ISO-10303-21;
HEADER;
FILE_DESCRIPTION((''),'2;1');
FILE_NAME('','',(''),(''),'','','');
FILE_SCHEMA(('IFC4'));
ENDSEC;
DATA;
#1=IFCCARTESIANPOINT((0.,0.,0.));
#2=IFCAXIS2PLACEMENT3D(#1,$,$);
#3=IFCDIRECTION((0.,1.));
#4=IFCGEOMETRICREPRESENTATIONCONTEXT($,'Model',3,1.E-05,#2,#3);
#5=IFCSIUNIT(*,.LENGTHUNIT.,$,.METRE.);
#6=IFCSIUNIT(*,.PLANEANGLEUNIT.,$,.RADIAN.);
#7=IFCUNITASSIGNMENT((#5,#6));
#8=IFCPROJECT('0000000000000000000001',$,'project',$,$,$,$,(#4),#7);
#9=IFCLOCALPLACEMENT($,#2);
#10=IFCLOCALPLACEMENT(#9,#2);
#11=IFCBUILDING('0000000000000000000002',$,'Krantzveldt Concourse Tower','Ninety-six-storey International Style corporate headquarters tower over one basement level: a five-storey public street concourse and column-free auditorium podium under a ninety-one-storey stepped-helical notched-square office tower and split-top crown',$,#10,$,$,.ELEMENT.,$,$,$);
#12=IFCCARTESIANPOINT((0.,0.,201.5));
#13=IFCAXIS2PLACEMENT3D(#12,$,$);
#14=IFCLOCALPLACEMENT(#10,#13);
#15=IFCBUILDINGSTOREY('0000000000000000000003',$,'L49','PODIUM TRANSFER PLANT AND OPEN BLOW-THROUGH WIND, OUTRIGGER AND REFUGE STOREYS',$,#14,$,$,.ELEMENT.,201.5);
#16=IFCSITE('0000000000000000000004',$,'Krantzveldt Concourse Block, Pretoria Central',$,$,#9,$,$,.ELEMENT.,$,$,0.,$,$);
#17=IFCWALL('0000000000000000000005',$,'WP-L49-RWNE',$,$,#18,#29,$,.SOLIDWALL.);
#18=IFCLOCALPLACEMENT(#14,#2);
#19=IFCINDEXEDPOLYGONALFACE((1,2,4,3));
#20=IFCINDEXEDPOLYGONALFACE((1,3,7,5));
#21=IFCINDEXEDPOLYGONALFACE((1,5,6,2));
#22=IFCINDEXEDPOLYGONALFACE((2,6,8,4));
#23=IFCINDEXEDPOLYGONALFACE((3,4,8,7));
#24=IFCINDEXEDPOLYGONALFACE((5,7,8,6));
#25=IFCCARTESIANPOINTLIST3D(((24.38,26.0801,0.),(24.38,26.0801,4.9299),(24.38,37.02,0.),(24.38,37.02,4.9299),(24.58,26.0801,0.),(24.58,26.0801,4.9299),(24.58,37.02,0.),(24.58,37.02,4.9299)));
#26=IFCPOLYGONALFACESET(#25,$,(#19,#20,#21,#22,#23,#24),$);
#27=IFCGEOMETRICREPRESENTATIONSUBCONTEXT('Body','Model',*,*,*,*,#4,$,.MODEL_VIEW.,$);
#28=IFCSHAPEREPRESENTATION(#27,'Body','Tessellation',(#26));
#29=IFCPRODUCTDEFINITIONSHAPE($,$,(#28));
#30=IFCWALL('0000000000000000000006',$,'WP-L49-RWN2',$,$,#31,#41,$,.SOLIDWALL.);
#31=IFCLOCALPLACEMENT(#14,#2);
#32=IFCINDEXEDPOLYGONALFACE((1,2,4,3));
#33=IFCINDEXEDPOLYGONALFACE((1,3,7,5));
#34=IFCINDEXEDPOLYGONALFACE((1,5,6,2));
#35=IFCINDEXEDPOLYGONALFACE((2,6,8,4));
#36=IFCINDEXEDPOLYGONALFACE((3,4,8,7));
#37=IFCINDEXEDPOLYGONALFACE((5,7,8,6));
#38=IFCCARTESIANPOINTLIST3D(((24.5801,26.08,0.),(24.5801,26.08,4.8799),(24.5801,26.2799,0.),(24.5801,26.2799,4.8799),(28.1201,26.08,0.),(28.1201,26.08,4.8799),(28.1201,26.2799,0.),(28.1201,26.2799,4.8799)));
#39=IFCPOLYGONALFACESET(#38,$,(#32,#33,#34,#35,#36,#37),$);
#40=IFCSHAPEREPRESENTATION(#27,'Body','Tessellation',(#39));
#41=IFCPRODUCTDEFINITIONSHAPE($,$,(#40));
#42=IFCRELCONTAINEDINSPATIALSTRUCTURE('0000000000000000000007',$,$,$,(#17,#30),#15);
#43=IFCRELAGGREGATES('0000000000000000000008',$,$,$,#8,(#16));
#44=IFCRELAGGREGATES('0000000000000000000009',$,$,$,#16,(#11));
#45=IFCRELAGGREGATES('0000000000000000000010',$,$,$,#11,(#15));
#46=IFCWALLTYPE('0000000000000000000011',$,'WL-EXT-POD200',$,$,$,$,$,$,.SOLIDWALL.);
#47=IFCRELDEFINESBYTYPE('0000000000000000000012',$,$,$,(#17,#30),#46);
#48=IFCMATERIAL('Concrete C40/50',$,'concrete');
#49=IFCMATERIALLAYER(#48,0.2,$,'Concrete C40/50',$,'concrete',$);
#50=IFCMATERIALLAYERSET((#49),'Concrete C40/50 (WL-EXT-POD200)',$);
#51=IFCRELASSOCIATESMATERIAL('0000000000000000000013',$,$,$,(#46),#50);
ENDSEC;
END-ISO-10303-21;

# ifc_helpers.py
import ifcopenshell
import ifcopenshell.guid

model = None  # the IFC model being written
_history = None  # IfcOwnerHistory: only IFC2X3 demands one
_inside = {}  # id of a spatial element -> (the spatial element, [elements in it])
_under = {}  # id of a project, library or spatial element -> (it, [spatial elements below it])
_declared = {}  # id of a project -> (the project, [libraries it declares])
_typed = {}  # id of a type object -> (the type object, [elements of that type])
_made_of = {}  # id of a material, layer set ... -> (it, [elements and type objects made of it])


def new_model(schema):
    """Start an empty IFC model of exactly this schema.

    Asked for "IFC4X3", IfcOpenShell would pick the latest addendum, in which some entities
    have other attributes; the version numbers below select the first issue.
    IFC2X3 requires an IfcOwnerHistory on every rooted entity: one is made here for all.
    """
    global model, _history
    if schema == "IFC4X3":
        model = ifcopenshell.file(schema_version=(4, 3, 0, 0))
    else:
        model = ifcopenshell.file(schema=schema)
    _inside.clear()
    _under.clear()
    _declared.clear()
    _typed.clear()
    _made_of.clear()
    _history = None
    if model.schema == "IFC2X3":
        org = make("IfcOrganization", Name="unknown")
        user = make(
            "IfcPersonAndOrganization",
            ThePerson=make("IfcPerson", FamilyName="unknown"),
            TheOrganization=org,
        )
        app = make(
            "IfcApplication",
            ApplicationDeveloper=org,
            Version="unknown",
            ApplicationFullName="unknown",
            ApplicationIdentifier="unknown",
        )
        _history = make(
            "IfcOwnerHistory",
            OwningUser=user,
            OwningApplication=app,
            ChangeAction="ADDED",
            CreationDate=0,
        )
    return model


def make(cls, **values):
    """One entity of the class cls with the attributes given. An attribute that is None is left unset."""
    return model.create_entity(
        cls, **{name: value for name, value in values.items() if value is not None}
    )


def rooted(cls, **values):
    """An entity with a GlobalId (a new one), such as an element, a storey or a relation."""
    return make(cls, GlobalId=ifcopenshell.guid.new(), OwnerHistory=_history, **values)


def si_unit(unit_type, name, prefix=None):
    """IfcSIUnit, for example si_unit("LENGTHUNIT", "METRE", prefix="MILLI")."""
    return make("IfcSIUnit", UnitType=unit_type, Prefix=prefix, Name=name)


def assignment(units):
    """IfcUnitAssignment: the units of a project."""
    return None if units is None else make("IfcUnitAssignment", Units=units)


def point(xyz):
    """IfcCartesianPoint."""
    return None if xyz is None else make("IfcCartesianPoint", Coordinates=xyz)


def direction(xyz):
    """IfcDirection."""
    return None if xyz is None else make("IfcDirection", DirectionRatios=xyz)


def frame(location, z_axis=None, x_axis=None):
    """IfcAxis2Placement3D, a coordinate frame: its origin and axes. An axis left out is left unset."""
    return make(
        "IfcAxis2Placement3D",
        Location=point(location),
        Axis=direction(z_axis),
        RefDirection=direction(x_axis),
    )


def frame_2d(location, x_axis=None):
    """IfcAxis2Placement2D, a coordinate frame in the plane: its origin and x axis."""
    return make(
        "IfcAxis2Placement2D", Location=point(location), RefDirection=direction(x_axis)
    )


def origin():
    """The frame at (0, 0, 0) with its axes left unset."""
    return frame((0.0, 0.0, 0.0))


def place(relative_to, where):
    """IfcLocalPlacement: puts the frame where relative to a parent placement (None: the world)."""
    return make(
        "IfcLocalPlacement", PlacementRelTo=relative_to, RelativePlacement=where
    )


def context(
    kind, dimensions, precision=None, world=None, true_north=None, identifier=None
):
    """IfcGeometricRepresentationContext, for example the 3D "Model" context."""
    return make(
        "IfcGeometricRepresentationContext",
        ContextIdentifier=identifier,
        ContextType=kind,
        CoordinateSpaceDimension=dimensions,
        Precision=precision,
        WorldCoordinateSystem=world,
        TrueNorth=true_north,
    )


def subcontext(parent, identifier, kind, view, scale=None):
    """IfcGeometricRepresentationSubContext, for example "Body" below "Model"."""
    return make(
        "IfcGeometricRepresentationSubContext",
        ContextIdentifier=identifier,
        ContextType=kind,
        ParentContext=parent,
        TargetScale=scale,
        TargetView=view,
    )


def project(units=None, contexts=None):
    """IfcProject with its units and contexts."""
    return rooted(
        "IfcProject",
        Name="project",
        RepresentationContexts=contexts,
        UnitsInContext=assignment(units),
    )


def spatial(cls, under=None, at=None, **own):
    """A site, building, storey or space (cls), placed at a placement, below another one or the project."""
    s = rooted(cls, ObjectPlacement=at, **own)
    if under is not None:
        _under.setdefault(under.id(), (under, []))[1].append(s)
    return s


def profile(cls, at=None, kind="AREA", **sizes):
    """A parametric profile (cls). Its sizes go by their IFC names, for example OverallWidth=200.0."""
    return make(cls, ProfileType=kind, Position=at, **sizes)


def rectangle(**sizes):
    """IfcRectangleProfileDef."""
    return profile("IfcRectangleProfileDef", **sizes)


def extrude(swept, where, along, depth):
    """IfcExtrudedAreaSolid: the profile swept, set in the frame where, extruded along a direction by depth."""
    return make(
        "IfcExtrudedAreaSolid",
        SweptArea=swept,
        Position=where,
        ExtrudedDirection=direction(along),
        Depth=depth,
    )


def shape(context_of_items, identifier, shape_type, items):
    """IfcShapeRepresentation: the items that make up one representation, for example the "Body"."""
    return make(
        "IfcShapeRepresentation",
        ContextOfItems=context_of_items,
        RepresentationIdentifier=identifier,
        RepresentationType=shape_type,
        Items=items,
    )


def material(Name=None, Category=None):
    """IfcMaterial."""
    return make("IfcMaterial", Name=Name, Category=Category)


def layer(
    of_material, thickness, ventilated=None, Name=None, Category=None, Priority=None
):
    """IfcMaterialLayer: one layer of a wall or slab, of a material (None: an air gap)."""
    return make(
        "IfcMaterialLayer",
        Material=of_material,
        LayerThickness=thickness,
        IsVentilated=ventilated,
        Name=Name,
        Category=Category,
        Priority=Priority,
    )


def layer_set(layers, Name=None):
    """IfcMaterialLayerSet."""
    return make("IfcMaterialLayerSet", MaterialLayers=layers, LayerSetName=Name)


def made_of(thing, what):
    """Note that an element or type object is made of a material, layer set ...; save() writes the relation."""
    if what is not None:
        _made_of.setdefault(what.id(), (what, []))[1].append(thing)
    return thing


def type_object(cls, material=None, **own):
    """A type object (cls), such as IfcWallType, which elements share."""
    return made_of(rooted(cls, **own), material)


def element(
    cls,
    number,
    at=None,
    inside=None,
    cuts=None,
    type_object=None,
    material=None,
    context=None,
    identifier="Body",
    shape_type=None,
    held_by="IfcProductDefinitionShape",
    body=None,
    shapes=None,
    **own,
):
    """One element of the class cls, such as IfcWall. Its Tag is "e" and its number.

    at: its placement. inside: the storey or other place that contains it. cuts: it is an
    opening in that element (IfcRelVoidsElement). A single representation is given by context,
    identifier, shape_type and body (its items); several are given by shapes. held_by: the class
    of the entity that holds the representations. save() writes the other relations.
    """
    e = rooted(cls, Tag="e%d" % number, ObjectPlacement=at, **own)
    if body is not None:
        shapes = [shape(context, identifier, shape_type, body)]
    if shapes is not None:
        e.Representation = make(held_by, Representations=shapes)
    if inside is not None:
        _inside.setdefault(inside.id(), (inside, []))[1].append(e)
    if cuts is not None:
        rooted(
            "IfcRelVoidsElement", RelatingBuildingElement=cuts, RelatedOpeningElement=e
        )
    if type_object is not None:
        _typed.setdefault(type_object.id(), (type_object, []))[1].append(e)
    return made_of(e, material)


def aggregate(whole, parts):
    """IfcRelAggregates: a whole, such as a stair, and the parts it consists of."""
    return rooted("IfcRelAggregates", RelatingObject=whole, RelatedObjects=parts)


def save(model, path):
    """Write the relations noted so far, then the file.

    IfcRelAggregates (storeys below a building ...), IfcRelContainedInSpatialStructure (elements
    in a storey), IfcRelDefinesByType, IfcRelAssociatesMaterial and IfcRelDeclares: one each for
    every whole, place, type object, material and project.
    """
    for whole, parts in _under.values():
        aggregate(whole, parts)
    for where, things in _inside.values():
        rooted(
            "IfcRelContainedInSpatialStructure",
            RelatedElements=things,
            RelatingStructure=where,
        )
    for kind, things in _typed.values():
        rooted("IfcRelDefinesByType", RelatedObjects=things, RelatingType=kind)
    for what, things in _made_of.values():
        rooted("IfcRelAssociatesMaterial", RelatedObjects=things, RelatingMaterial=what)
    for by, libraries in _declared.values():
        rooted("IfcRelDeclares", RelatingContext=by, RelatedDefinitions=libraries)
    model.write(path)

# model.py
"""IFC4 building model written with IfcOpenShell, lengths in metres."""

from ifc_helpers import new_model, si_unit, direction, frame, frame_2d, origin, place, context, subcontext, project, spatial, rectangle, extrude, material, layer, layer_set, type_object, element, save


model = new_model("IFC4")

# Units and contexts
model_context = context("Model", 3, precision=1e-05, world=origin(), true_north=direction((0.0, 1.0)))
body_context = subcontext(model_context, "Body", "Model", "MODEL_VIEW")
ifc_project = project(units=[si_unit("LENGTHUNIT", "METRE"), si_unit("PLANEANGLEUNIT", "RADIAN")], contexts=[model_context])

# Site, building, storey
site_placement = place(None, origin())
site = spatial("IfcSite", under=ifc_project, at=site_placement, Name="Krantzveldt Concourse Block, Pretoria Central", CompositionType="ELEMENT", RefElevation=0.0)
building_placement = place(site_placement, origin())
building = spatial("IfcBuilding", under=site, at=building_placement, Name="Krantzveldt Concourse Tower", Description="Ninety-six-storey International Style corporate headquarters tower over one basement level: a five-storey public street concourse and column-free auditorium podium under a ninety-one-storey stepped-helical notched-square office tower and split-top crown", CompositionType="ELEMENT")
storey_placement = place(building_placement, frame((0.0, 0.0, 201.5)))
storey = spatial("IfcBuildingStorey", under=building, at=storey_placement, Name="L49", Description="PODIUM TRANSFER PLANT AND OPEN BLOW-THROUGH WIND, OUTRIGGER AND REFUGE STOREYS", CompositionType="ELEMENT", Elevation=201.5)

# Walls
ifc_material_1 = material(Name="Concrete C40/50", Category="concrete")
ifc_layer_1 = layer(ifc_material_1, 0.2, Name="Concrete C40/50", Category="concrete")
ifc_layer_set_1 = layer_set([ifc_layer_1], Name="Concrete C40/50 (WL-EXT-POD200)")
wall_type = type_object("IfcWallType", Name="WL-EXT-POD200", PredefinedType="SOLIDWALL", material=ifc_layer_set_1)
wall_1_placement = place(storey_placement, frame((24.48, 26.0801, 0.0), z_axis=(0.0, 0.0, 1.0), x_axis=(0.0, 1.0, 0.0)))
element("IfcWall", 1, at=wall_1_placement, inside=storey, type_object=wall_type, Name="WP-L49-RWNE", PredefinedType="SOLIDWALL", context=body_context, shape_type="SweptSolid", body=[
    extrude(rectangle(XDim=10.9399, YDim=0.2, at=frame_2d((5.47, 0.0))), origin(), (0.0, 0.0, 1.0), 4.9299),
])
wall_2_placement = place(storey_placement, frame((24.5801, 26.1799, 0.0), z_axis=(0.0, 0.0, 1.0), x_axis=(1.0, 0.0, 0.0)))
element("IfcWall", 2, at=wall_2_placement, inside=storey, type_object=wall_type, Name="WP-L49-RWN2", PredefinedType="SOLIDWALL", context=body_context, shape_type="SweptSolid", body=[
    extrude(rectangle(XDim=3.54, YDim=0.2, at=frame_2d((1.77, 0.0))), origin(), (0.0, 0.0, 1.0), 4.8799),
])

save(model, "model.ifc")
